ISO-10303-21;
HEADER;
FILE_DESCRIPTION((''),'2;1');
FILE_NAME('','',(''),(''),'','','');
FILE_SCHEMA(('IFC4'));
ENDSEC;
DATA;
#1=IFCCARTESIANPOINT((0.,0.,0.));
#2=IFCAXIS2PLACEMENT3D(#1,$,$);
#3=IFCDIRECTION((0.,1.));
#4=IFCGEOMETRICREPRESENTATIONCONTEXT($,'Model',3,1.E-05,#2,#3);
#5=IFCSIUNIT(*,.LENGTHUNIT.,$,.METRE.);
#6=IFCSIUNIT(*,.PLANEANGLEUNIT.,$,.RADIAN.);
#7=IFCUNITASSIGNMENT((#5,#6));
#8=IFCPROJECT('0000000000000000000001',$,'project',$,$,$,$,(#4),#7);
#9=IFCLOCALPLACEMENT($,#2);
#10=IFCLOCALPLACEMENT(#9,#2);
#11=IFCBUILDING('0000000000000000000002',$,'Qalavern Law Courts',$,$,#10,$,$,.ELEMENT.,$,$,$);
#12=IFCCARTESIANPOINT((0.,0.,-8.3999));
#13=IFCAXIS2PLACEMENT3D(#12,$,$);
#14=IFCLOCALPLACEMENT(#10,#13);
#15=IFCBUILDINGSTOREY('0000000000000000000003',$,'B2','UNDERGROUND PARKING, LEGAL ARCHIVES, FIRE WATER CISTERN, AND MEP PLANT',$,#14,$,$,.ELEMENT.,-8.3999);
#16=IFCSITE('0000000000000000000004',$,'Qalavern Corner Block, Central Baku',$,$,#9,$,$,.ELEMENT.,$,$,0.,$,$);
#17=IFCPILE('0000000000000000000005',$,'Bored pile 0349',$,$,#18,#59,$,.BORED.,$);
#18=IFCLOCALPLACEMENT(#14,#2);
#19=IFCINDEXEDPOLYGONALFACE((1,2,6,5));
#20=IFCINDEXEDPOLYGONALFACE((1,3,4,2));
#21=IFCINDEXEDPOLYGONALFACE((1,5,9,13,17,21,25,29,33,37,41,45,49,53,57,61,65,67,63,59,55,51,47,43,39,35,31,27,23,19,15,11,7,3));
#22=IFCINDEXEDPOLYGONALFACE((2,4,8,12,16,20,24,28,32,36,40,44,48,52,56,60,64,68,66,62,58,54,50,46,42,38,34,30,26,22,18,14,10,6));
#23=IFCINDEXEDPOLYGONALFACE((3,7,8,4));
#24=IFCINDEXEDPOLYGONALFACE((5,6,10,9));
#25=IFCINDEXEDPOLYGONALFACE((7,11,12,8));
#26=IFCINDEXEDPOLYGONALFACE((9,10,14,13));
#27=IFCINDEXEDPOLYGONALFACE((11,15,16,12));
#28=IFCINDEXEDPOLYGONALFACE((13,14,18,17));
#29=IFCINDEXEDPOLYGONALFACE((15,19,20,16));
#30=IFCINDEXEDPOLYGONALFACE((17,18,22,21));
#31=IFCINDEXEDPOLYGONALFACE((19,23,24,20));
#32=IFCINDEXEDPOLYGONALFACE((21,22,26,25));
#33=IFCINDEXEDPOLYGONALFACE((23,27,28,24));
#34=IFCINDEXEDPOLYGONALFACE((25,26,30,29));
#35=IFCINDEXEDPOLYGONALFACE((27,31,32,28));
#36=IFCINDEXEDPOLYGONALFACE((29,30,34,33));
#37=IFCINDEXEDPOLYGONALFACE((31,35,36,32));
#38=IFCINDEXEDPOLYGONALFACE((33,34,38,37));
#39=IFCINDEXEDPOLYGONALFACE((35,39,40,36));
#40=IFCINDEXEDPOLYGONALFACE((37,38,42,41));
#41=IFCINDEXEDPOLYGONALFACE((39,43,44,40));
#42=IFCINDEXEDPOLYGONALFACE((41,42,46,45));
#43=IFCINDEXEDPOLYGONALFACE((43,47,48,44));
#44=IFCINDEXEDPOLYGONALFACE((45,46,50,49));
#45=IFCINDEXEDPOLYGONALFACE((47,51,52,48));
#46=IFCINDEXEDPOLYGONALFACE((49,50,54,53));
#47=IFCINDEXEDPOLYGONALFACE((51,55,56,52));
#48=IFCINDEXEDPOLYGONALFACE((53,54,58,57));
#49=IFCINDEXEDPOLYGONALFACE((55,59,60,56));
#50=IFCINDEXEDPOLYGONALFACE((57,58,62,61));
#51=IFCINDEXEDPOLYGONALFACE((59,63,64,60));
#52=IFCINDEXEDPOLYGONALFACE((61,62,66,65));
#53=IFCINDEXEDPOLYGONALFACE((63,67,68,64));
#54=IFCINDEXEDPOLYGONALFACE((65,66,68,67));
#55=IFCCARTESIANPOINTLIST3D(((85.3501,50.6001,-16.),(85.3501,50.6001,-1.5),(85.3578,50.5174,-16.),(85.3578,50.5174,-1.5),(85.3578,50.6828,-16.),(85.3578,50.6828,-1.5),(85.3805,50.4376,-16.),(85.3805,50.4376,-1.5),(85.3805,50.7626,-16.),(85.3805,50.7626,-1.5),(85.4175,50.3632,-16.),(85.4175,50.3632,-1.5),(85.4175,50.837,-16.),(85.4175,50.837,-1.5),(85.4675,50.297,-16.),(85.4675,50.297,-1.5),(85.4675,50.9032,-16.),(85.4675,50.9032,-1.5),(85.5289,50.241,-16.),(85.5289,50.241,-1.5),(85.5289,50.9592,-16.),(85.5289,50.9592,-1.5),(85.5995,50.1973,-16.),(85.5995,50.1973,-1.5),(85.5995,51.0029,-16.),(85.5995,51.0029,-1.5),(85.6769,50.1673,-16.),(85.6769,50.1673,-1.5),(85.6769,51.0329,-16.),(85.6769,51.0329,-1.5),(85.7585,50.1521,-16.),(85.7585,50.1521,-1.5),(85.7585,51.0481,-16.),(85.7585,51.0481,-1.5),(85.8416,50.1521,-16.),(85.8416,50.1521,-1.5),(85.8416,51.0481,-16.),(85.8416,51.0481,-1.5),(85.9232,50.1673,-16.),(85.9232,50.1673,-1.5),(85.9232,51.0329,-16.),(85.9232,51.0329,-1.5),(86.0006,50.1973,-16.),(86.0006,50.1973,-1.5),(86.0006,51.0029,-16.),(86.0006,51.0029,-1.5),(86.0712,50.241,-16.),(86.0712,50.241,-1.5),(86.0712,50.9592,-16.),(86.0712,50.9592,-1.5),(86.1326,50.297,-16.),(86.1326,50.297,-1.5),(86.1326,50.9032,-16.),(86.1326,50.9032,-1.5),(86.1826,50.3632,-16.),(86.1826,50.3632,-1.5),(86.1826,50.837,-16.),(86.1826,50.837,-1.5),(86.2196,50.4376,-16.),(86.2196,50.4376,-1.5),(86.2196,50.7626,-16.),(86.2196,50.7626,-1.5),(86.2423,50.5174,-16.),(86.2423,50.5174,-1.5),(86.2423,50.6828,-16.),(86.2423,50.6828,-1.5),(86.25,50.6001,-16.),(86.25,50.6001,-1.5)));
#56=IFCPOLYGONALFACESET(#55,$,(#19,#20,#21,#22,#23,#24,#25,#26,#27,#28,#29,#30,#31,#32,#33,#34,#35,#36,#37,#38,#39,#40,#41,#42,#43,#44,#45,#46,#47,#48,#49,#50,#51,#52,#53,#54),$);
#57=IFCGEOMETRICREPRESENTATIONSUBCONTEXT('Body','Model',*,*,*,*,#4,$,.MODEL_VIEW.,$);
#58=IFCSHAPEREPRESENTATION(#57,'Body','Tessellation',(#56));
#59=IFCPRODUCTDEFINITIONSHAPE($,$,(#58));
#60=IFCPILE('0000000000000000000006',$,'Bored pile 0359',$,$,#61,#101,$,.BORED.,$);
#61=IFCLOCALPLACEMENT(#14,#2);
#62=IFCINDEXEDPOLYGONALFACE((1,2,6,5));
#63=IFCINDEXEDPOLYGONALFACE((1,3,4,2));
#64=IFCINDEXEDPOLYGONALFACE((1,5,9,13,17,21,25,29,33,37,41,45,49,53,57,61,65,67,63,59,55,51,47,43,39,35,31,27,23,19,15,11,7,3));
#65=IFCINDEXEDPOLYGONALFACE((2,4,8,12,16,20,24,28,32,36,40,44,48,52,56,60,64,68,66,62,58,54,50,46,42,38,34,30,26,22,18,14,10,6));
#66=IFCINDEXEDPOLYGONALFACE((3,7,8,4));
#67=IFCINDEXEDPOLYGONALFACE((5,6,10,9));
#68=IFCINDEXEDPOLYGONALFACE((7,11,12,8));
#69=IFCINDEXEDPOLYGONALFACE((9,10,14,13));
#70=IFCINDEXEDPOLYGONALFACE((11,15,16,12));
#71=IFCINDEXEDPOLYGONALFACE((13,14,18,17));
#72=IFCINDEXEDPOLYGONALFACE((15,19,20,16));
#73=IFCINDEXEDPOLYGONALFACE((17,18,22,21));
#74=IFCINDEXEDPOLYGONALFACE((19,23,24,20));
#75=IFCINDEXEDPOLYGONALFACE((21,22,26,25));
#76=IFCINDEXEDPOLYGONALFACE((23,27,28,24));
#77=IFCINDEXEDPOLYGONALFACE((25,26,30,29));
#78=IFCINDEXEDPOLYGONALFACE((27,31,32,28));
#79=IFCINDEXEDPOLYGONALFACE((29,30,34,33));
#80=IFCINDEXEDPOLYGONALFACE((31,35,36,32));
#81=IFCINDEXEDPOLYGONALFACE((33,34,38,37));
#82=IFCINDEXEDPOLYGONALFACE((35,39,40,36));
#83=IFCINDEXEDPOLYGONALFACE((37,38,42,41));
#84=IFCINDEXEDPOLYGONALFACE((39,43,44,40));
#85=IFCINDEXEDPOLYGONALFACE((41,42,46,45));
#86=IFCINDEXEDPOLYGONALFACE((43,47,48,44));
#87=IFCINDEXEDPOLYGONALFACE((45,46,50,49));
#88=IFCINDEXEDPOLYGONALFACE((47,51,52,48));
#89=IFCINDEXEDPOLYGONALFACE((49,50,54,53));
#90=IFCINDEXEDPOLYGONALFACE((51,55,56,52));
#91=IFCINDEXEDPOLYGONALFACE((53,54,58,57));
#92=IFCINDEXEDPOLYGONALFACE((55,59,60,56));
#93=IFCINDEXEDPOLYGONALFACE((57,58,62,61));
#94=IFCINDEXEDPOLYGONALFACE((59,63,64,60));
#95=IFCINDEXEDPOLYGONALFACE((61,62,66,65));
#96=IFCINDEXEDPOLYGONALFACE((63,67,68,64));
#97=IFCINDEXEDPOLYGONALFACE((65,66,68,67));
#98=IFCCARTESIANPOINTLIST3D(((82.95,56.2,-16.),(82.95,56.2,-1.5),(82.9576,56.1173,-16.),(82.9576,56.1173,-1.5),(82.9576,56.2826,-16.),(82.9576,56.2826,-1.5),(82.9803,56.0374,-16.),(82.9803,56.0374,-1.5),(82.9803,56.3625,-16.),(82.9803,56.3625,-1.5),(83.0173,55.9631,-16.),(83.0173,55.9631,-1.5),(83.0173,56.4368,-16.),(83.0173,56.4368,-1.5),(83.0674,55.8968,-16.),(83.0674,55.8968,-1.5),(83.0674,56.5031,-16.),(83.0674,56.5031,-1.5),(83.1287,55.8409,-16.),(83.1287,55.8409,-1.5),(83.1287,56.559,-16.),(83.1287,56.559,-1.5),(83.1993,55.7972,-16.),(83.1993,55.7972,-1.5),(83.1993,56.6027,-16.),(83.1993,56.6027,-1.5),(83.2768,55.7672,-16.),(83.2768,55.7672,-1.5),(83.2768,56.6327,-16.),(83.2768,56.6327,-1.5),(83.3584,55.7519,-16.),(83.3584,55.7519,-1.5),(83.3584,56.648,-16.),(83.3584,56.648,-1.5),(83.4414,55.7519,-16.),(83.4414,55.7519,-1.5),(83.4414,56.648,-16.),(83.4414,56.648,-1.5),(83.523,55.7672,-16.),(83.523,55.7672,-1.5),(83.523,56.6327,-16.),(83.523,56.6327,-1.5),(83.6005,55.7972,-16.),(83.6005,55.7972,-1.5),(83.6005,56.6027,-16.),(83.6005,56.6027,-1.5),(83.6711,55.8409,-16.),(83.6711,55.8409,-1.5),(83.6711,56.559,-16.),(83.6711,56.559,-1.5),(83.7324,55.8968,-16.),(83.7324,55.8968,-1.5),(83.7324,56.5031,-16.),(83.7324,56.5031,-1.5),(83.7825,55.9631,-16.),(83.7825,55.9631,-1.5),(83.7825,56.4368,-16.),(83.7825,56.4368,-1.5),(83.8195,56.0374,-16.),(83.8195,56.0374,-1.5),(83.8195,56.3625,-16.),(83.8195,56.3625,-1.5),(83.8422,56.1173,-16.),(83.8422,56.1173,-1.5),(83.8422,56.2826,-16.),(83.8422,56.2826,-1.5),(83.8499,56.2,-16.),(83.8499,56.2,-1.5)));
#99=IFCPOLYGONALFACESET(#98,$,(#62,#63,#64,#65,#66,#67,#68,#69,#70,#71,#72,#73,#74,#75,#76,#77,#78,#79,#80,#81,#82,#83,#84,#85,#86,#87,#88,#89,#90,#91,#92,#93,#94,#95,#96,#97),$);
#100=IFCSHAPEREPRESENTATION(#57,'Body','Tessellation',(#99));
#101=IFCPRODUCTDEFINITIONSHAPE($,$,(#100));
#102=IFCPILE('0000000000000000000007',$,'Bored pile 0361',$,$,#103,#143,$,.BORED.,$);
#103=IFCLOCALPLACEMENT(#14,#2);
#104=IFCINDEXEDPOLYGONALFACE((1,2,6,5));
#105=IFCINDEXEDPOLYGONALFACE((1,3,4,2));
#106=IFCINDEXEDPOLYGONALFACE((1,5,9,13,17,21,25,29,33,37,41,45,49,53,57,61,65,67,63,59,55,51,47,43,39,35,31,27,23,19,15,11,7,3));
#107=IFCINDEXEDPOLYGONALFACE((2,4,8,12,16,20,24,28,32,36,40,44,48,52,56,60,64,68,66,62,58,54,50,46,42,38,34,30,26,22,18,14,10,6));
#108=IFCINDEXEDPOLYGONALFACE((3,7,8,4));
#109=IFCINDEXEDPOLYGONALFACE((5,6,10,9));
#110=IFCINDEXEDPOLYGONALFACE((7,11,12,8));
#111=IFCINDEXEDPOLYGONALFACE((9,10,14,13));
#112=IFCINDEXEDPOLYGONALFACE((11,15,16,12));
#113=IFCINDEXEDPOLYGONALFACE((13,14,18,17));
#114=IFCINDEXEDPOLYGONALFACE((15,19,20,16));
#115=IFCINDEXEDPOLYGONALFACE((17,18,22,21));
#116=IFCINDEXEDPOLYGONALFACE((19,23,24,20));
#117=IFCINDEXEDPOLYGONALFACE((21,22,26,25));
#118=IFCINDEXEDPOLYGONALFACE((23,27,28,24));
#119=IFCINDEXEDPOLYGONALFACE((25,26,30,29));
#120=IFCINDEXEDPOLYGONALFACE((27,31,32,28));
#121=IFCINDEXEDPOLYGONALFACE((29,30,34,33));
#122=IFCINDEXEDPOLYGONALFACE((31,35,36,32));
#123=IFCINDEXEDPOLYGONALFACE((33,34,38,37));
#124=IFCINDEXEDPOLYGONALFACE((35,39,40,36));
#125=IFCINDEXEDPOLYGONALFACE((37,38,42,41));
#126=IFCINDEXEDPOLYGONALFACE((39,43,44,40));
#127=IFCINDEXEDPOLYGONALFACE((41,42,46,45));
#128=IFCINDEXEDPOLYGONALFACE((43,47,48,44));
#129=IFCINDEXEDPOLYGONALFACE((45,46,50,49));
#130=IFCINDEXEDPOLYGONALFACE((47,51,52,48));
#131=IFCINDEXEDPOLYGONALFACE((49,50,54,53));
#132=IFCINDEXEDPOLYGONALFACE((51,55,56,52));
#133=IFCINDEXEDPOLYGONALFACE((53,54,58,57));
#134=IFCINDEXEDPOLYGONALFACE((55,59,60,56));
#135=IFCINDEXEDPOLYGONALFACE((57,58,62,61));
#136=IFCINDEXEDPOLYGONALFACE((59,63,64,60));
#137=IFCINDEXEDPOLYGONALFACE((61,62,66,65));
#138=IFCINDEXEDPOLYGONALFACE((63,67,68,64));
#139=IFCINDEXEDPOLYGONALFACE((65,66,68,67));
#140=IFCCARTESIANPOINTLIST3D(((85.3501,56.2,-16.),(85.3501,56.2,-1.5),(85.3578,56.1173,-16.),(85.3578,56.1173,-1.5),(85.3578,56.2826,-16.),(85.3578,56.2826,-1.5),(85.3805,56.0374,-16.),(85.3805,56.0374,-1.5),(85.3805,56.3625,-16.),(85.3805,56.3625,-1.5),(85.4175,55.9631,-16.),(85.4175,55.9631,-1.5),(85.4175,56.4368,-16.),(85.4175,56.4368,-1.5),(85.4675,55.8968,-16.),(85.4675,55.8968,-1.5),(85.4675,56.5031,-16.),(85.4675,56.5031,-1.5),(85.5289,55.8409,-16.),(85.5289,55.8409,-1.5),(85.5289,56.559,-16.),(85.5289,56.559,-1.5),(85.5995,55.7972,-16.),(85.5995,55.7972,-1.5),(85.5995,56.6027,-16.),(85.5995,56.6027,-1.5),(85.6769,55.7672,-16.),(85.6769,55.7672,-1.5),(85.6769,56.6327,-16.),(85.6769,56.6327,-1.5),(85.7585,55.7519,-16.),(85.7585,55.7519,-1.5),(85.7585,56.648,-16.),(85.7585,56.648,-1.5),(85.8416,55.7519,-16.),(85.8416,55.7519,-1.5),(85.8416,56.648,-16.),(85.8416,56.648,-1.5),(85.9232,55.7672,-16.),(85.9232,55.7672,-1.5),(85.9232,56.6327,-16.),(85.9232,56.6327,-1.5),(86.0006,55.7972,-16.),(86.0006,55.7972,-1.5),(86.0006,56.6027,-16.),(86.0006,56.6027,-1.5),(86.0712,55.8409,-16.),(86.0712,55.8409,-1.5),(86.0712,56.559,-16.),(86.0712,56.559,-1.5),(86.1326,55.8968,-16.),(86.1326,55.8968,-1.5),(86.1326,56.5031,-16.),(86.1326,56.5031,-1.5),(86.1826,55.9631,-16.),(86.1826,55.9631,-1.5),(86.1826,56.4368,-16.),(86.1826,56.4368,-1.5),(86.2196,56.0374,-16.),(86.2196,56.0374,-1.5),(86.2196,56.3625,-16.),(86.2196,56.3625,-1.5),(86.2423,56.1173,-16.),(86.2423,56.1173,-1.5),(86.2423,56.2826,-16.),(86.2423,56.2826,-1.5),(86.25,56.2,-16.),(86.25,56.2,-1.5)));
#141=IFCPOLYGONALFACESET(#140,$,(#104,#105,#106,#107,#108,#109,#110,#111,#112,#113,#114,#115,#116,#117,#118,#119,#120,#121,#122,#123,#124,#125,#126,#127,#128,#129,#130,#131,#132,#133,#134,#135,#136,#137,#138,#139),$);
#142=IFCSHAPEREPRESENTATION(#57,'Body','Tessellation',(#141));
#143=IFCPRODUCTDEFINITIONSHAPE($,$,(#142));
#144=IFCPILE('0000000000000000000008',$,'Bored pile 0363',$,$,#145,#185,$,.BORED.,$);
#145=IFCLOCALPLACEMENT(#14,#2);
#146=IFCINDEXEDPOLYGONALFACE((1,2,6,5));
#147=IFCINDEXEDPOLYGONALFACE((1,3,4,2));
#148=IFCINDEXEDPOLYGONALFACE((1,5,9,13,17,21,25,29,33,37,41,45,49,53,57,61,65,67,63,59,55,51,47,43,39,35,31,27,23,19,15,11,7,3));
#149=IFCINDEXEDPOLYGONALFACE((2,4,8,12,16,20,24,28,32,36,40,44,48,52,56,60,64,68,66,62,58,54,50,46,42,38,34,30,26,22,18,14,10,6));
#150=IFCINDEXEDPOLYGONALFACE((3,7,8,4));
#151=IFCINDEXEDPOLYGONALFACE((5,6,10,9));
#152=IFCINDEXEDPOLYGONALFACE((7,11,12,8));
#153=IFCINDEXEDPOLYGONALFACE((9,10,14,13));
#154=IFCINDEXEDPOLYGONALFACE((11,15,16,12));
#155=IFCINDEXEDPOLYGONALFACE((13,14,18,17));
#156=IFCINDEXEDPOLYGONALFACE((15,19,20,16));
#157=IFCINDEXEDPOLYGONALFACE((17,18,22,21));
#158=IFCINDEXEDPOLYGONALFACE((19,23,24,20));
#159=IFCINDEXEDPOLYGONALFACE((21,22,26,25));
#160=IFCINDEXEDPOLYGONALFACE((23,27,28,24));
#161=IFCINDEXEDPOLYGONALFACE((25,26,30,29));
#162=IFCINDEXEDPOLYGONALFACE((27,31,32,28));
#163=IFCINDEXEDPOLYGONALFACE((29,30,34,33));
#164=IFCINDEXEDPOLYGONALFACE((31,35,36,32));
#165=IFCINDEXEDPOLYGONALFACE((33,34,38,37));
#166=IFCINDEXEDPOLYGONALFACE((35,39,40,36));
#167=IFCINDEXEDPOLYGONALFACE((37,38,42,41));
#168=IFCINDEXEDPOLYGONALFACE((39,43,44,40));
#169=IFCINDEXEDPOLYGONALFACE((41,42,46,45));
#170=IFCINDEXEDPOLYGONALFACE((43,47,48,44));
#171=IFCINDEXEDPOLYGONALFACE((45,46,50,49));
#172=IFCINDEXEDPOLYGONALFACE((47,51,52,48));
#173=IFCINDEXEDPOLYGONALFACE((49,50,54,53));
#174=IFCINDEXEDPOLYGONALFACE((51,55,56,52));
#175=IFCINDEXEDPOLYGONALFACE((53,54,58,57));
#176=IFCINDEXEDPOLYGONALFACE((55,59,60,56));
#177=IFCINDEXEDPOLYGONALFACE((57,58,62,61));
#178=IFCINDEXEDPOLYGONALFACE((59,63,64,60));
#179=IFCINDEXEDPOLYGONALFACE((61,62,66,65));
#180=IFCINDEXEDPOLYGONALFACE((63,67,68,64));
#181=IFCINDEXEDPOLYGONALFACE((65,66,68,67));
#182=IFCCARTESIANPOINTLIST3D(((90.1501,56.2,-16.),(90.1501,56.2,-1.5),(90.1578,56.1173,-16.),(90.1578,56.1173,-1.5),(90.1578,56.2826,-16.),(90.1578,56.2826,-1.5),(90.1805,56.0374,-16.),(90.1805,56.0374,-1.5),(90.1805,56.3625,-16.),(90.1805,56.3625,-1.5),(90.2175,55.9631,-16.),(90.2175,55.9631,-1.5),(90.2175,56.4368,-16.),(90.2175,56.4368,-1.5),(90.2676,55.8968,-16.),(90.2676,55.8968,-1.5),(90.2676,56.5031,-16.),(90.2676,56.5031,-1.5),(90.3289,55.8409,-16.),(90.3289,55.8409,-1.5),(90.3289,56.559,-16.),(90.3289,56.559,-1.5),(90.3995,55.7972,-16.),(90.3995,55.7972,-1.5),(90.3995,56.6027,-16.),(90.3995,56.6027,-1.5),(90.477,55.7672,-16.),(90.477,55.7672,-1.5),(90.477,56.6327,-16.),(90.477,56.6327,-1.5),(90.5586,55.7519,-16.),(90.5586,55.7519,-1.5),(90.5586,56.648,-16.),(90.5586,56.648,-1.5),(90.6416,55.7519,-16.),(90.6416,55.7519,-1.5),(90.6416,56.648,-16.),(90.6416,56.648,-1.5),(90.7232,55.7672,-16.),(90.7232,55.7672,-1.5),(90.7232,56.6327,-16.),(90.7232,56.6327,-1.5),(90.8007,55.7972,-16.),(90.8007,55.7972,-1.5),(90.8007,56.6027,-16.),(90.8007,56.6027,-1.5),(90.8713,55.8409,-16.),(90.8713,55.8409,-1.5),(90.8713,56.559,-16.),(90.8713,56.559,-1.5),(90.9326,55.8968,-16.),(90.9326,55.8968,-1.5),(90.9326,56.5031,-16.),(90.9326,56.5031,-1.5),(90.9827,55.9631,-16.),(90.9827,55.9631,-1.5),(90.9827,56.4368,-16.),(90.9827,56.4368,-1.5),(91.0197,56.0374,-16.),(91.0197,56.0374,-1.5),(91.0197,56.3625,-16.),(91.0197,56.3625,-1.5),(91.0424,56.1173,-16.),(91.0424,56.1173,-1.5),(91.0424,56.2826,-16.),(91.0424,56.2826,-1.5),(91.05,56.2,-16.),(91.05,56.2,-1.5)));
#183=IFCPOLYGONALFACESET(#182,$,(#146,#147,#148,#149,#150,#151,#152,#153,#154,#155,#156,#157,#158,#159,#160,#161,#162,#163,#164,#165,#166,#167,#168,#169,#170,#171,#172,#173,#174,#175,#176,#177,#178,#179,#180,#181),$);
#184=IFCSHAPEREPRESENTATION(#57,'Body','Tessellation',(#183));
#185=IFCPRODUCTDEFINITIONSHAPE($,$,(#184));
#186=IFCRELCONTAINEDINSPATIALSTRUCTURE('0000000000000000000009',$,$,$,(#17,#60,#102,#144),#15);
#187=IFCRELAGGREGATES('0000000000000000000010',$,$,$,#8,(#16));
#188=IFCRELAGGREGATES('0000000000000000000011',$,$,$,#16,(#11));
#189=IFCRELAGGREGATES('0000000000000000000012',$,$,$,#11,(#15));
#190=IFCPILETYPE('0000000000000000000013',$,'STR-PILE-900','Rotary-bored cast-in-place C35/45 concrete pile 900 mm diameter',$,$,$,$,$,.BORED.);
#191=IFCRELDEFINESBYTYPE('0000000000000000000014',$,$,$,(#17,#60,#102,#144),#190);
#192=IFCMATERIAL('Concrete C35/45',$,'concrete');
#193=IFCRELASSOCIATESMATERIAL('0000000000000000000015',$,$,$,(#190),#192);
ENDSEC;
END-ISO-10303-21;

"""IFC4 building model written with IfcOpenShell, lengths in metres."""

from ifc_helpers import new_model, si_unit, direction, frame, origin, origin_2d, place, context, subcontext, project, spatial, circle, extrude, material, material_profile, profile_set, type_object, element, save


model = new_model("IFC4")

# Units and contexts
model_context = context("Model", 3, precision=1e-05, world=origin(), true_north=direction((0.0, 1.0)))
body_context = subcontext(model_context, "Body", "Model", "MODEL_VIEW")
ifc_project = project(units=[si_unit("LENGTHUNIT", "METRE"), si_unit("PLANEANGLEUNIT", "RADIAN")], contexts=[model_context])

# Site, building, storey
site_placement = place(None, origin())
site = spatial("IfcSite", under=ifc_project, at=site_placement, Name="Qalavern Corner Block, Central Baku", CompositionType="ELEMENT", RefElevation=0.0)
building_placement = place(site_placement, origin())
building = spatial("IfcBuilding", under=site, at=building_placement, Name="Qalavern Law Courts", CompositionType="ELEMENT")
storey_placement = place(building_placement, frame((0.0, 0.0, -8.3999)))
storey = spatial("IfcBuildingStorey", under=building, at=storey_placement, Name="B2", Description="UNDERGROUND PARKING, LEGAL ARCHIVES, FIRE WATER CISTERN, AND MEP PLANT", CompositionType="ELEMENT", Elevation=-8.3999)

# Shared definitions
ifc_material_1 = material(Name="Concrete C35/45", Category="concrete")

# Piles
ifc_material_profile_1 = material_profile(ifc_material_1, circle(Radius=0.45, at=origin_2d()), Name="BORED PILE 900")
ifc_profile_set_1 = profile_set([ifc_material_profile_1], Name="Concrete C35/45")
pile_type_1 = type_object("IfcPileType", Name="STR-PILE-900", Description="Rotary-bored cast-in-place C35/45 concrete pile 900 mm diameter", PredefinedType="BORED", material=ifc_profile_set_1)
for number, where, z_axis, x_axis, name in (
    (1, (85.8, 50.6001, -1.5), (0.0, 0.0, -1.0), (1.0, 0.0, 0.0), "Bored pile 0349"),
    (2, (83.3999, 56.2, -1.5), (0.0, 0.0, -1.0), (1.0, 0.0, 0.0), "Bored pile 0359"),
    (3, (85.8, 56.2, -1.5), (0.0, 0.0, -1.0), (1.0, 0.0, 0.0), "Bored pile 0361"),
    (4, (90.6001, 56.2, -1.5), (0.0, 0.0, -1.0), (1.0, 0.0, 0.0), "Bored pile 0363"),
):
    element("IfcPile", number, at=place(storey_placement, frame(where, z_axis=z_axis, x_axis=x_axis)), inside=storey, type_object=pile_type_1, Name=name, PredefinedType="BORED", context=body_context, shape_type="SweptSolid", body=[
        extrude(circle(Radius=0.45, at=origin_2d()), origin(), (0.0, 0.0, 1.0), 14.5),
    ])

save(model, "model.ifc")
